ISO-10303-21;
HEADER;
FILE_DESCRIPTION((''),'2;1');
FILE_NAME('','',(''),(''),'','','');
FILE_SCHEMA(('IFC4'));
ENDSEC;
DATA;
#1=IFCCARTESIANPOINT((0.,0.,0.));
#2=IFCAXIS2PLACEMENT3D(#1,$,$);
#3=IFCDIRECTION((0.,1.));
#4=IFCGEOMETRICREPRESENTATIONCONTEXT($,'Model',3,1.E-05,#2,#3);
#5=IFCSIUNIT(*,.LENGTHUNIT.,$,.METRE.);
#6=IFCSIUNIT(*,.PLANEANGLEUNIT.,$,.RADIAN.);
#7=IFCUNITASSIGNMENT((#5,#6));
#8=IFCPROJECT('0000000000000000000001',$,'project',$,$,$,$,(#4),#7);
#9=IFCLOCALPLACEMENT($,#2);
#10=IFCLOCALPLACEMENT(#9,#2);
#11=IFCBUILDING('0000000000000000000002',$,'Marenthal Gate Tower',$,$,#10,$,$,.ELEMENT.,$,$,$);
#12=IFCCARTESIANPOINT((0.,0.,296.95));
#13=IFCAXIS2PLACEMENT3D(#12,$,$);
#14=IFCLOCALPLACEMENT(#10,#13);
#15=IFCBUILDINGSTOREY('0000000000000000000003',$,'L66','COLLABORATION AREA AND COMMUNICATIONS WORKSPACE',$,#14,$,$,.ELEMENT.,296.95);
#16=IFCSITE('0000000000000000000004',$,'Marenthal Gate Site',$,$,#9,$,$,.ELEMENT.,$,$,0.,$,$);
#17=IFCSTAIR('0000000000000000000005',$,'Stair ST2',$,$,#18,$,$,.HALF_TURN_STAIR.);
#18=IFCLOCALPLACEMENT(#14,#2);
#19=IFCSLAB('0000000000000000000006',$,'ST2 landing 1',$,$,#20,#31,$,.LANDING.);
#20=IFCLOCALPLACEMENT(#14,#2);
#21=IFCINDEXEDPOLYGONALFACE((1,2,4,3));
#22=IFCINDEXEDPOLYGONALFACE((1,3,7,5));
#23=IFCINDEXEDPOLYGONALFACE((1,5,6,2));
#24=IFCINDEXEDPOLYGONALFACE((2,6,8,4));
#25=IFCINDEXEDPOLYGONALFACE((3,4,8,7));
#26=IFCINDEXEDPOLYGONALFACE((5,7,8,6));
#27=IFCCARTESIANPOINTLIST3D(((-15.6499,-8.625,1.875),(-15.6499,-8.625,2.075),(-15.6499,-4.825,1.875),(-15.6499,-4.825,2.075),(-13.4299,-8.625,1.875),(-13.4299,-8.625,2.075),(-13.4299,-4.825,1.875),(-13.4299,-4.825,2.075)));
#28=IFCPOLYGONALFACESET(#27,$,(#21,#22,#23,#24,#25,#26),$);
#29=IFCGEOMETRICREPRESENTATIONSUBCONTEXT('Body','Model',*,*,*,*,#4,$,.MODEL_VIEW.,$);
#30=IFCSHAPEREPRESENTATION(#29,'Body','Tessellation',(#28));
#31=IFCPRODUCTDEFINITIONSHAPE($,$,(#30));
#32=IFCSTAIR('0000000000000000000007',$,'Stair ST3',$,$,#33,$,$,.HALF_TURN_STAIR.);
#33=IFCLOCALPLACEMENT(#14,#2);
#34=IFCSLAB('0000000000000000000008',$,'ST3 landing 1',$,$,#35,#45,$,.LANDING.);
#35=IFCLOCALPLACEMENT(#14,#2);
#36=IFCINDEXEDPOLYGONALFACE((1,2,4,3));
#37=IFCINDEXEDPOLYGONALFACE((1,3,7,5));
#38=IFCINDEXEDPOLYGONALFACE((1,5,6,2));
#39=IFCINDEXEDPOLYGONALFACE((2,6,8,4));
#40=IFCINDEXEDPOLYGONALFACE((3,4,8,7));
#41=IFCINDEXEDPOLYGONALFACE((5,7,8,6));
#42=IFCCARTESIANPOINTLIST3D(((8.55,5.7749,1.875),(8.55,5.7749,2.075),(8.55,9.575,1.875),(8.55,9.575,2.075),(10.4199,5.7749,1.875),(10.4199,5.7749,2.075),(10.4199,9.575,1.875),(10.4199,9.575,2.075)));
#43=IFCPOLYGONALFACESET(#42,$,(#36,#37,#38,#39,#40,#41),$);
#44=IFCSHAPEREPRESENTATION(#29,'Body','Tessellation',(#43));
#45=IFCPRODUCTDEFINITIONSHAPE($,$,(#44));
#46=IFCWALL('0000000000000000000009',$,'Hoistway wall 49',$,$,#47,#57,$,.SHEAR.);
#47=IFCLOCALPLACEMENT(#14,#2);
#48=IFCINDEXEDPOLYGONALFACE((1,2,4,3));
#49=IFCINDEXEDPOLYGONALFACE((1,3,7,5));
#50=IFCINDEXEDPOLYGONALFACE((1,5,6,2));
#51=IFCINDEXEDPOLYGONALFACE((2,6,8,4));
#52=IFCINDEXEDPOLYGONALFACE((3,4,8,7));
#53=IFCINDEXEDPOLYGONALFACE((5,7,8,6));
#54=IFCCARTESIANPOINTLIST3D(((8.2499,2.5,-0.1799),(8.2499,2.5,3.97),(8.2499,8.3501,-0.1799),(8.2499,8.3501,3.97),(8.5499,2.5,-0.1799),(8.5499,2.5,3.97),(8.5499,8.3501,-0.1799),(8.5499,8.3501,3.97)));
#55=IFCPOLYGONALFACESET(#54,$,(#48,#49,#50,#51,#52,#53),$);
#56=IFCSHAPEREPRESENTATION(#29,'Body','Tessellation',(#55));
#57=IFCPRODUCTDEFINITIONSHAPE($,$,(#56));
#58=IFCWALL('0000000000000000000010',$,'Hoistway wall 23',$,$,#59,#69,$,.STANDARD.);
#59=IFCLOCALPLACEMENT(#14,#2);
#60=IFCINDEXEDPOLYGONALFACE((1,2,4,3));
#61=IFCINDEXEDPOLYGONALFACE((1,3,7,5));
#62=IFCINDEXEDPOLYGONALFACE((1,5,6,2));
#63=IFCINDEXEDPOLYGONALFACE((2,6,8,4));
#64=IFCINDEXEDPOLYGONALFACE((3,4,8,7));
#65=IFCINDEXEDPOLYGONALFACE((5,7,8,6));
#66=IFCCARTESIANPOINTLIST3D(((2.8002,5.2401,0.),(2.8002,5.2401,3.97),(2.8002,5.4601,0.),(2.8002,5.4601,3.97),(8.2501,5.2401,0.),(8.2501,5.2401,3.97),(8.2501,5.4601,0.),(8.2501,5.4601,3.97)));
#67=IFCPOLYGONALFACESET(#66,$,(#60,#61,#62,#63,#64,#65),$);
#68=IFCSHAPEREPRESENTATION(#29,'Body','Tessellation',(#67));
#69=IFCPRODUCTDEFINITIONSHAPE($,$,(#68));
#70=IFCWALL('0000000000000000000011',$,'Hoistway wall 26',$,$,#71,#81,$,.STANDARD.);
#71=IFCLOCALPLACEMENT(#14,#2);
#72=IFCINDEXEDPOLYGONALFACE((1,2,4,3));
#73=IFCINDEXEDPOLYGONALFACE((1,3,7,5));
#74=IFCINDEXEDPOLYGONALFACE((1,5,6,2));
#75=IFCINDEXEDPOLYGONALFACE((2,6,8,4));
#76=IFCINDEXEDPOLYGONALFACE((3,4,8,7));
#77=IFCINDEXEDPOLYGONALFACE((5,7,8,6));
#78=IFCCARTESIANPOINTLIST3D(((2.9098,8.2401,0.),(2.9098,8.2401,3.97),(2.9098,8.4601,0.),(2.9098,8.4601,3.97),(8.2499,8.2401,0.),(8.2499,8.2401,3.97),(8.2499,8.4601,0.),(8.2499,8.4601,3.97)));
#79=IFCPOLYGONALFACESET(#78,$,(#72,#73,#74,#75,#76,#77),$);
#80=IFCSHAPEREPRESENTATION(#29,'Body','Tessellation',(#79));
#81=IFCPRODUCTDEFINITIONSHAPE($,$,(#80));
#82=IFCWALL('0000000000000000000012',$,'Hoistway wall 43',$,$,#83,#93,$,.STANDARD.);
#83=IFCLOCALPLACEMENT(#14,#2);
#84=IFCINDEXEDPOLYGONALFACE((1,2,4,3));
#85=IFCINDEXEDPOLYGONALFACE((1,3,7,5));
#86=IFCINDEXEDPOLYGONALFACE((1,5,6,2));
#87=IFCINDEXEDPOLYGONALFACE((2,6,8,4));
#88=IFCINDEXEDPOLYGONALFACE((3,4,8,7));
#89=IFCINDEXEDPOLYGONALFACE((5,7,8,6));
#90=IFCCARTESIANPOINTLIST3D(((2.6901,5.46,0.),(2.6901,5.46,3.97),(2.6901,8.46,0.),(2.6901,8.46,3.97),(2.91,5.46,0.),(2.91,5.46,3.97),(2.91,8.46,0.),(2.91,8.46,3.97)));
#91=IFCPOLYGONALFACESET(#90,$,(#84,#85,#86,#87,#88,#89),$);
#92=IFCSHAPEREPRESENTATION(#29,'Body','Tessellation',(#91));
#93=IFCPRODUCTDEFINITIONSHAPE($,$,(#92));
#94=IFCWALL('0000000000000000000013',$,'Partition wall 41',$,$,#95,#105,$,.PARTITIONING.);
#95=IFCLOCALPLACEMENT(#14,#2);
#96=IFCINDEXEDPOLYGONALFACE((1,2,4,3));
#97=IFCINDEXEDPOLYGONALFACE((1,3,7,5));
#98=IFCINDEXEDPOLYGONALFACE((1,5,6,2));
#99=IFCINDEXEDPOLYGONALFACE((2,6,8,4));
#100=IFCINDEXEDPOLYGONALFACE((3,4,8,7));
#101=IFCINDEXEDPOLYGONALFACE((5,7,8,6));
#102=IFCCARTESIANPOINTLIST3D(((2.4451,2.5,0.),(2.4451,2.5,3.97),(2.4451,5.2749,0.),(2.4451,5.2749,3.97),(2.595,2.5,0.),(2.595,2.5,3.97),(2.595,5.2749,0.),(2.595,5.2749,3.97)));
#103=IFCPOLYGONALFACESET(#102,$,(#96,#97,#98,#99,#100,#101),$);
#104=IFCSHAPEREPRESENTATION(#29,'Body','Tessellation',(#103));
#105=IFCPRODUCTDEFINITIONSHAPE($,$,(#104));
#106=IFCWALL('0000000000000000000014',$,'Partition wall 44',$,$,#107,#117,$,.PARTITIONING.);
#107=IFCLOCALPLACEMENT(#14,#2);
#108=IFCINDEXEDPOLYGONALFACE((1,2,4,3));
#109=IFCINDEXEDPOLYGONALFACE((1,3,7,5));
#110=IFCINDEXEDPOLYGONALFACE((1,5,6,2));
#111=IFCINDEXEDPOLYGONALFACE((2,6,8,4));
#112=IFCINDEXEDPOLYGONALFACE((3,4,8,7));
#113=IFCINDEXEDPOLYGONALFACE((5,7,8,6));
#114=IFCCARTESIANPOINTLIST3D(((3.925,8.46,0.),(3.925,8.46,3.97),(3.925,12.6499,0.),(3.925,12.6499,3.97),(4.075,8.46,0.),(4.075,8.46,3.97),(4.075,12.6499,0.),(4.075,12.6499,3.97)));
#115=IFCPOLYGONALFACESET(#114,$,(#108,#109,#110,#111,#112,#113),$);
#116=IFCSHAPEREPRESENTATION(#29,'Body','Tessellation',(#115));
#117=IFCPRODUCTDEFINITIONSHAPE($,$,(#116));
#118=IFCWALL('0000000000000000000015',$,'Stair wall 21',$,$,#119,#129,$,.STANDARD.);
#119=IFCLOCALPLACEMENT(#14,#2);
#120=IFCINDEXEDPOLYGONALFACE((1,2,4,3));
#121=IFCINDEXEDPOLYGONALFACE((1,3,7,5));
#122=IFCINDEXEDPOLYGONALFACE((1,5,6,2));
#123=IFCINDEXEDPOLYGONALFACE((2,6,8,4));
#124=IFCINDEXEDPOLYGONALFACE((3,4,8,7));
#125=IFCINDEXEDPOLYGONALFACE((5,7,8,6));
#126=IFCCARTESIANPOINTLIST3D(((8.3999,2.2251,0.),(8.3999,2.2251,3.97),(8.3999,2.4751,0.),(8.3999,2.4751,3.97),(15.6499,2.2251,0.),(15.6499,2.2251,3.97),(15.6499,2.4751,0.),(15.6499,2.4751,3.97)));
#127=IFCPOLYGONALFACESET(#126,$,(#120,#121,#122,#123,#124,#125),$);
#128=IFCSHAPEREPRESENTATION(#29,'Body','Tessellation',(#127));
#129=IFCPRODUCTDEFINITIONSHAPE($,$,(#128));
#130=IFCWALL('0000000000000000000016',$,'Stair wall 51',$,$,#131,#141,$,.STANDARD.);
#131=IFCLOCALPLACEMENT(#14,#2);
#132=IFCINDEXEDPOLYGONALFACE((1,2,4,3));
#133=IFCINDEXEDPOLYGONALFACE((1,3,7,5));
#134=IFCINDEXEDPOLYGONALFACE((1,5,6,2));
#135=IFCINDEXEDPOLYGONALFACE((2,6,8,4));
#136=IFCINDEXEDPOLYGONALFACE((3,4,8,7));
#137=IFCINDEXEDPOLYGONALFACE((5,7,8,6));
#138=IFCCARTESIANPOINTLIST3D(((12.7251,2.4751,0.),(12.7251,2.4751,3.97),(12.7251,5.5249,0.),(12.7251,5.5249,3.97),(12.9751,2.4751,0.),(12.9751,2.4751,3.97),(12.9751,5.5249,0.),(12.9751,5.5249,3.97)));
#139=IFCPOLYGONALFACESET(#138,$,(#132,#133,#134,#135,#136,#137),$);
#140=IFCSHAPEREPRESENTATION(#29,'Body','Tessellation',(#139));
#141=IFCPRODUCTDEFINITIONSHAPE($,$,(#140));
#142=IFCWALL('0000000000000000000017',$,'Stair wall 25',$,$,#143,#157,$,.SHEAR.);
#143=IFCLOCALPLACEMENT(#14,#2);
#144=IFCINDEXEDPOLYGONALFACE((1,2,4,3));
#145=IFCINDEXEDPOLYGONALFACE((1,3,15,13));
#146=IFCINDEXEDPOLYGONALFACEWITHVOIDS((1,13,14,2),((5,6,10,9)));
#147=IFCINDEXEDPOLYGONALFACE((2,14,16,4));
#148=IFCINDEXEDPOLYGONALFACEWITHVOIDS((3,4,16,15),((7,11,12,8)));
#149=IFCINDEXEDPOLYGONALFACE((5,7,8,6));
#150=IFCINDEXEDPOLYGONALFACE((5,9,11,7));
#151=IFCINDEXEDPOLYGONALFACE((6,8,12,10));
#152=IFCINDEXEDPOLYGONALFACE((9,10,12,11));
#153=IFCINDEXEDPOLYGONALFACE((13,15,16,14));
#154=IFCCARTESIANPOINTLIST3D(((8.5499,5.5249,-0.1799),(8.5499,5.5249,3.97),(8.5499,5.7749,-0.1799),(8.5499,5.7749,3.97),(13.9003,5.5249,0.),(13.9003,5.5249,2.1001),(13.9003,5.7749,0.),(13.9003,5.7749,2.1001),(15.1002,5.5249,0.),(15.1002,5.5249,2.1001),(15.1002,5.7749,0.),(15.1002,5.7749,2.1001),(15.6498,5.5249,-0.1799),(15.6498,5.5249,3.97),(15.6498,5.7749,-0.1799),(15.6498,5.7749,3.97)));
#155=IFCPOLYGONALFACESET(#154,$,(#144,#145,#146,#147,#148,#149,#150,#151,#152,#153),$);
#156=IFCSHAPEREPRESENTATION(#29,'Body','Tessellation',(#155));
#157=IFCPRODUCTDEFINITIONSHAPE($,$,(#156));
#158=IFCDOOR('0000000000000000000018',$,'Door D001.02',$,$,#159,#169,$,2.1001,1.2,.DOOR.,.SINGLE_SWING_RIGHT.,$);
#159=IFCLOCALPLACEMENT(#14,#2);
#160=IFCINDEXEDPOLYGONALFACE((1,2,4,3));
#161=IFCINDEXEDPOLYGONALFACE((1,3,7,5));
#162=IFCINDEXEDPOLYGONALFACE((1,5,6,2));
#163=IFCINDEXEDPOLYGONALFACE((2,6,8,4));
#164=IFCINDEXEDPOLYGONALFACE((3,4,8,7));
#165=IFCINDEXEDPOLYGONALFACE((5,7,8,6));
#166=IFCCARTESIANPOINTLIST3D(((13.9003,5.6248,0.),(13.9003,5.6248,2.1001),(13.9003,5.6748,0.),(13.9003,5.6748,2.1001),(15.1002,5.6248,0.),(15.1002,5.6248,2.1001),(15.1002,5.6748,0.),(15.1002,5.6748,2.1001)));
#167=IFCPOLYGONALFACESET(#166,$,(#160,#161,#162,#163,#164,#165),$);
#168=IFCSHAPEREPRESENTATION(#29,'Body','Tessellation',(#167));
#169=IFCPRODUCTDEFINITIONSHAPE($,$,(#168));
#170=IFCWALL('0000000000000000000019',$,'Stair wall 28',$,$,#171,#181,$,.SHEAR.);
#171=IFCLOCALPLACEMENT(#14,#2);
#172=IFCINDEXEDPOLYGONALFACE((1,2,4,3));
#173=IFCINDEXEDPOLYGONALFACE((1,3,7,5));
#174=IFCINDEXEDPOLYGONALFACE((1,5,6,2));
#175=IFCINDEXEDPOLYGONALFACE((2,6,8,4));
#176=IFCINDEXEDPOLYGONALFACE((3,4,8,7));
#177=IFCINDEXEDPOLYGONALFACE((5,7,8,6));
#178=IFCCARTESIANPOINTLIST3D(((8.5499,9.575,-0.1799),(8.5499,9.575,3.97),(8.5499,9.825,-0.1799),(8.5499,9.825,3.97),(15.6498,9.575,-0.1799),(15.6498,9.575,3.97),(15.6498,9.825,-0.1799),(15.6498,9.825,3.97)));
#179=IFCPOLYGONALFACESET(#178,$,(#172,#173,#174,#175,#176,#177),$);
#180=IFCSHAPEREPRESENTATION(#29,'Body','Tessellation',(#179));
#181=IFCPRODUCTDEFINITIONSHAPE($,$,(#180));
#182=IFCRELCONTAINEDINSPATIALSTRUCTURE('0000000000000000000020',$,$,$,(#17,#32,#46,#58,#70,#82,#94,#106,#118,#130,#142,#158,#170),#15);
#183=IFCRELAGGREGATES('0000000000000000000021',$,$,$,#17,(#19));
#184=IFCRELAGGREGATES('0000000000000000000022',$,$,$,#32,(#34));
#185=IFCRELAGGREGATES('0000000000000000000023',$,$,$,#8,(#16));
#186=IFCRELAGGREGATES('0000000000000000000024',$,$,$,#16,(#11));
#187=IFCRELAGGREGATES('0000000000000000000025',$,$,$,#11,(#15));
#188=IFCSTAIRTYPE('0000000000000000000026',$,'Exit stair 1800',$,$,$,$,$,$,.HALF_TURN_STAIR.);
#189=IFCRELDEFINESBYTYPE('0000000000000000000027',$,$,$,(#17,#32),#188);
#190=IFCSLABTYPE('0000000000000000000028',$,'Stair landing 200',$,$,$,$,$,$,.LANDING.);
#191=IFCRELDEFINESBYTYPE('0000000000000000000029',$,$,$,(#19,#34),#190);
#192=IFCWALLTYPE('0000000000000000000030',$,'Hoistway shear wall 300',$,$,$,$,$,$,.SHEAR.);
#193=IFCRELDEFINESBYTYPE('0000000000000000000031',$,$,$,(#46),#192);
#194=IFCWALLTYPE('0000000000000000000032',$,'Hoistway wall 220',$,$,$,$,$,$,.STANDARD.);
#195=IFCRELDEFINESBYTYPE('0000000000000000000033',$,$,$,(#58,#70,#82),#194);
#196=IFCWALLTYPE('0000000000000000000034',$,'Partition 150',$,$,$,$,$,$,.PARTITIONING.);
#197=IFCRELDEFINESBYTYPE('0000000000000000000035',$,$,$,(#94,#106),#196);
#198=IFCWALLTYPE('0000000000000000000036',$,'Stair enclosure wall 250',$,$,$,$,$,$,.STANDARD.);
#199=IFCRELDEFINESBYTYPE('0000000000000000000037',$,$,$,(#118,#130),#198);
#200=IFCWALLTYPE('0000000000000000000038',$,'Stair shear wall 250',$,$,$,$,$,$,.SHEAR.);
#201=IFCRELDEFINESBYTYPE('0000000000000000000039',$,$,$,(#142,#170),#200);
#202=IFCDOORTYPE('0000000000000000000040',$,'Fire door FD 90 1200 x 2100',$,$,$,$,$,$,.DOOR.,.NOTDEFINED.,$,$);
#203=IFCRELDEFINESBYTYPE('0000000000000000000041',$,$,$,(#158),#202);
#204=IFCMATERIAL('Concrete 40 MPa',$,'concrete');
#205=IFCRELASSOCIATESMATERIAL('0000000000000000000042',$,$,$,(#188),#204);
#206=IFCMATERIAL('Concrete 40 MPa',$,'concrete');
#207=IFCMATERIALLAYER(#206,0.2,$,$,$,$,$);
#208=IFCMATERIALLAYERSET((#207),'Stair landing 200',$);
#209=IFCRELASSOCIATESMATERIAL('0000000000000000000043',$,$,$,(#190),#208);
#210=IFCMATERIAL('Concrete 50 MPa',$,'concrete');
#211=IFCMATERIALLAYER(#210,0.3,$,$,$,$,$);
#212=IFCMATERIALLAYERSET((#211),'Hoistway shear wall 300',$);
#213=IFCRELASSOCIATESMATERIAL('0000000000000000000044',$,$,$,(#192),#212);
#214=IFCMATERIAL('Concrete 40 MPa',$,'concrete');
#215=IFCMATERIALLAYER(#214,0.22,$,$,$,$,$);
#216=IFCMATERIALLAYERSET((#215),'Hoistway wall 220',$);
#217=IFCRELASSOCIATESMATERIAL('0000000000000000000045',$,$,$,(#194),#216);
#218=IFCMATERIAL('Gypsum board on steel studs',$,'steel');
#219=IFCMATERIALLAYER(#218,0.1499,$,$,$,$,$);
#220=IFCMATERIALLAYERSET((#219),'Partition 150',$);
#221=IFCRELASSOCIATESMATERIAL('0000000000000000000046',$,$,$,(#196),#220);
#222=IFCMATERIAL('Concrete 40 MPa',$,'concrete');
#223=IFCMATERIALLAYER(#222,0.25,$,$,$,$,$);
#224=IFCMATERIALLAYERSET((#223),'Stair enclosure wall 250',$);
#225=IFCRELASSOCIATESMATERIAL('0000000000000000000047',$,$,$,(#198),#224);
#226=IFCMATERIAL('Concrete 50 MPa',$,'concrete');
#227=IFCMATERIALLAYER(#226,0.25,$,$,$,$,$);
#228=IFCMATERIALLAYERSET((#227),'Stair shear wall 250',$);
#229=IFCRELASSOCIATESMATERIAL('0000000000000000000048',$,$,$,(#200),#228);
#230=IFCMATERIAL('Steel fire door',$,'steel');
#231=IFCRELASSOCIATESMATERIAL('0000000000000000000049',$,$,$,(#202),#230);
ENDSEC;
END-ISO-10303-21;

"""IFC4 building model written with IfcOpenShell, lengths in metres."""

from ifc_helpers import new_model, si_unit, direction, frame, frame_2d, origin, place, context, subcontext, project, spatial, polyline, rectangle, outline, extrude, material, layer, layer_set, type_object, element, fill, aggregate, save


model = new_model("IFC4")

# Units and contexts
model_context = context("Model", 3, precision=1e-05, world=origin(), true_north=direction((0.0, 1.0)))
body_context = subcontext(model_context, "Body", "Model", "MODEL_VIEW")
ifc_project = project(units=[si_unit("LENGTHUNIT", "METRE"), si_unit("PLANEANGLEUNIT", "RADIAN")], contexts=[model_context])

# Site, building, storey
site_placement = place(None, origin())
site = spatial("IfcSite", under=ifc_project, at=site_placement, Name="Marenthal Gate Site", CompositionType="ELEMENT", RefElevation=0.0)
building_placement = place(site_placement, origin())
building = spatial("IfcBuilding", under=site, at=building_placement, Name="Marenthal Gate Tower", CompositionType="ELEMENT")
storey_placement = place(building_placement, frame((0.0, 0.0, 296.95)))
storey = spatial("IfcBuildingStorey", under=building, at=storey_placement, Name="L66", Description="COLLABORATION AREA AND COMMUNICATIONS WORKSPACE", CompositionType="ELEMENT", Elevation=296.95)

# Stairs, slabs
ifc_material_1 = material(Name="Concrete 40 MPa", Category="concrete")
stair_type = type_object("IfcStairType", Name="Exit stair 1800", PredefinedType="HALF_TURN_STAIR", material=ifc_material_1)
stair_1_placement = place(storey_placement, origin())
stair_1 = element("IfcStair", 1, at=stair_1_placement, inside=storey, type_object=stair_type, Name="Stair ST2", PredefinedType="HALF_TURN_STAIR")
ifc_material_2 = material(Name="Concrete 40 MPa", Category="concrete")
ifc_layer_1 = layer(ifc_material_2, 0.2)
ifc_layer_set_1 = layer_set([ifc_layer_1], Name="Stair landing 200")
slab_type = type_object("IfcSlabType", Name="Stair landing 200", PredefinedType="LANDING", material=ifc_layer_set_1)
slab_1_placement = place(storey_placement, frame((0.0, 0.0, 1.875)))
slab_1 = element("IfcSlab", 2, at=slab_1_placement, type_object=slab_type, Name="ST2 landing 1", PredefinedType="LANDING", context=body_context, shape_type="SweptSolid", body=[
    extrude(outline(polyline([(-15.6499, -8.625), (-13.4299, -8.625), (-13.4299, -4.825), (-15.6499, -4.825), (-15.6499, -8.625)])), origin(), (0.0, 0.0, 1.0), 0.2),
])
aggregate(stair_1, [slab_1])
stair_2_placement = place(storey_placement, origin())
stair_2 = element("IfcStair", 3, at=stair_2_placement, inside=storey, type_object=stair_type, Name="Stair ST3", PredefinedType="HALF_TURN_STAIR")
slab_2_placement = place(storey_placement, frame((0.0, 0.0, 1.875)))
slab_2 = element("IfcSlab", 4, at=slab_2_placement, type_object=slab_type, Name="ST3 landing 1", PredefinedType="LANDING", context=body_context, shape_type="SweptSolid", body=[
    extrude(outline(polyline([(8.55, 5.7749), (10.4199, 5.7749), (10.4199, 9.575), (8.55, 9.575), (8.55, 5.7749)])), origin(), (0.0, 0.0, 1.0), 0.2),
])

# Walls
ifc_material_3 = material(Name="Concrete 50 MPa", Category="concrete")
ifc_layer_2 = layer(ifc_material_3, 0.3)
ifc_layer_set_2 = layer_set([ifc_layer_2], Name="Hoistway shear wall 300")
wall_type_1 = type_object("IfcWallType", Name="Hoistway shear wall 300", PredefinedType="SHEAR", material=ifc_layer_set_2)
wall_1_placement = place(storey_placement, frame((8.3999, 2.5, -0.1799), z_axis=(0.0, 0.0, 1.0), x_axis=(0.0, 1.0, 0.0)))
element("IfcWall", 5, at=wall_1_placement, inside=storey, type_object=wall_type_1, Name="Hoistway wall 49", PredefinedType="SHEAR", context=body_context, shape_type="SweptSolid", body=[
    extrude(rectangle(XDim=5.8501, YDim=0.3, at=frame_2d((2.925, 0.0))), origin(), (0.0, 0.0, 1.0), 4.1499),
])
ifc_material_4 = material(Name="Concrete 40 MPa", Category="concrete")
ifc_layer_3 = layer(ifc_material_4, 0.22)
ifc_layer_set_3 = layer_set([ifc_layer_3], Name="Hoistway wall 220")
wall_type_2 = type_object("IfcWallType", Name="Hoistway wall 220", PredefinedType="STANDARD", material=ifc_layer_set_3)
wall_2_placement = place(storey_placement, frame((2.8, 5.3501, 0.0), z_axis=(0.0, 0.0, 1.0), x_axis=(1.0, 0.0, 0.0)))
element("IfcWall", 6, at=wall_2_placement, inside=storey, type_object=wall_type_2, Name="Hoistway wall 23", PredefinedType="STANDARD", context=body_context, shape_type="SweptSolid", body=[
    extrude(rectangle(XDim=5.45, YDim=0.22, at=frame_2d((2.7251, 0.0))), origin(), (0.0, 0.0, 1.0), 3.97),
])
wall_3_placement = place(storey_placement, frame((2.9099, 8.3501, 0.0), z_axis=(0.0, 0.0, 1.0), x_axis=(1.0, 0.0, 0.0)))
element("IfcWall", 7, at=wall_3_placement, inside=storey, type_object=wall_type_2, Name="Hoistway wall 26", PredefinedType="STANDARD", context=body_context, shape_type="SweptSolid", body=[
    extrude(rectangle(XDim=5.3401, YDim=0.22, at=frame_2d((2.6699, 0.0))), origin(), (0.0, 0.0, 1.0), 3.97),
])
wall_4_placement = place(storey_placement, frame((2.8, 5.46, 0.0), z_axis=(0.0, 0.0, 1.0), x_axis=(0.0, 1.0, 0.0)))
element("IfcWall", 8, at=wall_4_placement, inside=storey, type_object=wall_type_2, Name="Hoistway wall 43", PredefinedType="STANDARD", context=body_context, shape_type="SweptSolid", body=[
    extrude(rectangle(XDim=3.0, YDim=0.22, at=frame_2d((1.5, 0.0))), origin(), (0.0, 0.0, 1.0), 3.97),
])
ifc_material_5 = material(Name="Gypsum board on steel studs", Category="steel")
ifc_layer_4 = layer(ifc_material_5, 0.1499)
ifc_layer_set_4 = layer_set([ifc_layer_4], Name="Partition 150")
wall_type_3 = type_object("IfcWallType", Name="Partition 150", PredefinedType="PARTITIONING", material=ifc_layer_set_4)
wall_5_placement = place(storey_placement, frame((2.52, 2.5, 0.0), z_axis=(0.0, 0.0, 1.0), x_axis=(0.0, 1.0, 0.0)))
element("IfcWall", 9, at=wall_5_placement, inside=storey, type_object=wall_type_3, Name="Partition wall 41", PredefinedType="PARTITIONING", context=body_context, shape_type="SweptSolid", body=[
    extrude(rectangle(XDim=2.7749, YDim=0.1499, at=frame_2d((1.3875, 0.0))), origin(), (0.0, 0.0, 1.0), 3.97),
])
wall_6_placement = place(storey_placement, frame((4.0, 8.46, 0.0), z_axis=(0.0, 0.0, 1.0), x_axis=(0.0, 1.0, 0.0)))
element("IfcWall", 10, at=wall_6_placement, inside=storey, type_object=wall_type_3, Name="Partition wall 44", PredefinedType="PARTITIONING", context=body_context, shape_type="SweptSolid", body=[
    extrude(rectangle(XDim=4.1899, YDim=0.1499, at=frame_2d((2.095, 0.0))), origin(), (0.0, 0.0, 1.0), 3.97),
])
ifc_material_6 = material(Name="Concrete 40 MPa", Category="concrete")
ifc_layer_5 = layer(ifc_material_6, 0.25)
ifc_layer_set_5 = layer_set([ifc_layer_5], Name="Stair enclosure wall 250")
wall_type_4 = type_object("IfcWallType", Name="Stair enclosure wall 250", PredefinedType="STANDARD", material=ifc_layer_set_5)
wall_7_placement = place(storey_placement, frame((8.3999, 2.3501, 0.0), z_axis=(0.0, 0.0, 1.0), x_axis=(1.0, 0.0, 0.0)))
element("IfcWall", 11, at=wall_7_placement, inside=storey, type_object=wall_type_4, Name="Stair wall 21", PredefinedType="STANDARD", context=body_context, shape_type="SweptSolid", body=[
    extrude(rectangle(XDim=7.25, YDim=0.25, at=frame_2d((3.625, 0.0))), origin(), (0.0, 0.0, 1.0), 3.97),
])
wall_8_placement = place(storey_placement, frame((12.8501, 2.4751, 0.0), z_axis=(0.0, 0.0, 1.0), x_axis=(0.0, 1.0, 0.0)))
element("IfcWall", 12, at=wall_8_placement, inside=storey, type_object=wall_type_4, Name="Stair wall 51", PredefinedType="STANDARD", context=body_context, shape_type="SweptSolid", body=[
    extrude(rectangle(XDim=3.0498, YDim=0.25, at=frame_2d((1.5249, 0.0))), origin(), (0.0, 0.0, 1.0), 3.97),
])

# Wall, opening, door
ifc_material_7 = material(Name="Concrete 50 MPa", Category="concrete")
ifc_layer_6 = layer(ifc_material_7, 0.25)
ifc_layer_set_6 = layer_set([ifc_layer_6], Name="Stair shear wall 250")
wall_type_5 = type_object("IfcWallType", Name="Stair shear wall 250", PredefinedType="SHEAR", material=ifc_layer_set_6)
wall_9_placement = place(storey_placement, frame((8.55, 5.6499, -0.1799), z_axis=(0.0, 0.0, 1.0), x_axis=(1.0, 0.0, 0.0)))
wall_9 = element("IfcWall", 13, at=wall_9_placement, inside=storey, type_object=wall_type_5, Name="Stair wall 25", PredefinedType="SHEAR", context=body_context, shape_type="SweptSolid", body=[
    extrude(rectangle(XDim=7.0999, YDim=0.25, at=frame_2d((3.5498, 0.0))), origin(), (0.0, 0.0, 1.0), 4.1499),
])
opening_placement = place(wall_9_placement, frame((5.3501, 0.0, 0.1799)))
opening = element("IfcOpeningElement", 14, at=opening_placement, cuts=wall_9, PredefinedType="OPENING", context=body_context, shape_type="SweptSolid", body=[
    extrude(rectangle(XDim=1.2, YDim=2.1001, at=frame_2d((0.6001, 1.05))), frame((0.0, 0.135, 0.0), z_axis=(0.0, -1.0, 0.0), x_axis=(1.0, 0.0, 0.0)), (0.0, 0.0, 1.0), 0.27),
])
ifc_material_8 = material(Name="Steel fire door", Category="steel")
door_type = type_object("IfcDoorType", Name="Fire door FD 90 1200 x 2100", OperationType="NOTDEFINED", PredefinedType="DOOR", material=ifc_material_8)
door_placement = place(opening_placement, origin())
door = element("IfcDoor", 15, at=door_placement, inside=storey, type_object=door_type, Name="Door D001.02", OperationType="SINGLE_SWING_RIGHT", OverallHeight=2.1001, OverallWidth=1.2, PredefinedType="DOOR", context=body_context, shape_type="SweptSolid", body=[
    extrude(rectangle(XDim=1.2, YDim=2.1001, at=frame_2d((0.6001, 1.05))), frame((0.0, 0.0249, 0.0), z_axis=(0.0, -1.0, 0.0), x_axis=(1.0, 0.0, 0.0)), (0.0, 0.0, 1.0), 0.05),
])
fill(opening, door)

# Wall
wall_10_placement = place(storey_placement, frame((8.55, 9.7, -0.1799), z_axis=(0.0, 0.0, 1.0), x_axis=(1.0, 0.0, 0.0)))
element("IfcWall", 16, at=wall_10_placement, inside=storey, type_object=wall_type_5, Name="Stair wall 28", PredefinedType="SHEAR", context=body_context, shape_type="SweptSolid", body=[
    extrude(rectangle(XDim=7.0999, YDim=0.25, at=frame_2d((3.5498, 0.0))), origin(), (0.0, 0.0, 1.0), 4.1499),
])

aggregate(stair_2, [slab_2])

save(model, "model.ifc")
